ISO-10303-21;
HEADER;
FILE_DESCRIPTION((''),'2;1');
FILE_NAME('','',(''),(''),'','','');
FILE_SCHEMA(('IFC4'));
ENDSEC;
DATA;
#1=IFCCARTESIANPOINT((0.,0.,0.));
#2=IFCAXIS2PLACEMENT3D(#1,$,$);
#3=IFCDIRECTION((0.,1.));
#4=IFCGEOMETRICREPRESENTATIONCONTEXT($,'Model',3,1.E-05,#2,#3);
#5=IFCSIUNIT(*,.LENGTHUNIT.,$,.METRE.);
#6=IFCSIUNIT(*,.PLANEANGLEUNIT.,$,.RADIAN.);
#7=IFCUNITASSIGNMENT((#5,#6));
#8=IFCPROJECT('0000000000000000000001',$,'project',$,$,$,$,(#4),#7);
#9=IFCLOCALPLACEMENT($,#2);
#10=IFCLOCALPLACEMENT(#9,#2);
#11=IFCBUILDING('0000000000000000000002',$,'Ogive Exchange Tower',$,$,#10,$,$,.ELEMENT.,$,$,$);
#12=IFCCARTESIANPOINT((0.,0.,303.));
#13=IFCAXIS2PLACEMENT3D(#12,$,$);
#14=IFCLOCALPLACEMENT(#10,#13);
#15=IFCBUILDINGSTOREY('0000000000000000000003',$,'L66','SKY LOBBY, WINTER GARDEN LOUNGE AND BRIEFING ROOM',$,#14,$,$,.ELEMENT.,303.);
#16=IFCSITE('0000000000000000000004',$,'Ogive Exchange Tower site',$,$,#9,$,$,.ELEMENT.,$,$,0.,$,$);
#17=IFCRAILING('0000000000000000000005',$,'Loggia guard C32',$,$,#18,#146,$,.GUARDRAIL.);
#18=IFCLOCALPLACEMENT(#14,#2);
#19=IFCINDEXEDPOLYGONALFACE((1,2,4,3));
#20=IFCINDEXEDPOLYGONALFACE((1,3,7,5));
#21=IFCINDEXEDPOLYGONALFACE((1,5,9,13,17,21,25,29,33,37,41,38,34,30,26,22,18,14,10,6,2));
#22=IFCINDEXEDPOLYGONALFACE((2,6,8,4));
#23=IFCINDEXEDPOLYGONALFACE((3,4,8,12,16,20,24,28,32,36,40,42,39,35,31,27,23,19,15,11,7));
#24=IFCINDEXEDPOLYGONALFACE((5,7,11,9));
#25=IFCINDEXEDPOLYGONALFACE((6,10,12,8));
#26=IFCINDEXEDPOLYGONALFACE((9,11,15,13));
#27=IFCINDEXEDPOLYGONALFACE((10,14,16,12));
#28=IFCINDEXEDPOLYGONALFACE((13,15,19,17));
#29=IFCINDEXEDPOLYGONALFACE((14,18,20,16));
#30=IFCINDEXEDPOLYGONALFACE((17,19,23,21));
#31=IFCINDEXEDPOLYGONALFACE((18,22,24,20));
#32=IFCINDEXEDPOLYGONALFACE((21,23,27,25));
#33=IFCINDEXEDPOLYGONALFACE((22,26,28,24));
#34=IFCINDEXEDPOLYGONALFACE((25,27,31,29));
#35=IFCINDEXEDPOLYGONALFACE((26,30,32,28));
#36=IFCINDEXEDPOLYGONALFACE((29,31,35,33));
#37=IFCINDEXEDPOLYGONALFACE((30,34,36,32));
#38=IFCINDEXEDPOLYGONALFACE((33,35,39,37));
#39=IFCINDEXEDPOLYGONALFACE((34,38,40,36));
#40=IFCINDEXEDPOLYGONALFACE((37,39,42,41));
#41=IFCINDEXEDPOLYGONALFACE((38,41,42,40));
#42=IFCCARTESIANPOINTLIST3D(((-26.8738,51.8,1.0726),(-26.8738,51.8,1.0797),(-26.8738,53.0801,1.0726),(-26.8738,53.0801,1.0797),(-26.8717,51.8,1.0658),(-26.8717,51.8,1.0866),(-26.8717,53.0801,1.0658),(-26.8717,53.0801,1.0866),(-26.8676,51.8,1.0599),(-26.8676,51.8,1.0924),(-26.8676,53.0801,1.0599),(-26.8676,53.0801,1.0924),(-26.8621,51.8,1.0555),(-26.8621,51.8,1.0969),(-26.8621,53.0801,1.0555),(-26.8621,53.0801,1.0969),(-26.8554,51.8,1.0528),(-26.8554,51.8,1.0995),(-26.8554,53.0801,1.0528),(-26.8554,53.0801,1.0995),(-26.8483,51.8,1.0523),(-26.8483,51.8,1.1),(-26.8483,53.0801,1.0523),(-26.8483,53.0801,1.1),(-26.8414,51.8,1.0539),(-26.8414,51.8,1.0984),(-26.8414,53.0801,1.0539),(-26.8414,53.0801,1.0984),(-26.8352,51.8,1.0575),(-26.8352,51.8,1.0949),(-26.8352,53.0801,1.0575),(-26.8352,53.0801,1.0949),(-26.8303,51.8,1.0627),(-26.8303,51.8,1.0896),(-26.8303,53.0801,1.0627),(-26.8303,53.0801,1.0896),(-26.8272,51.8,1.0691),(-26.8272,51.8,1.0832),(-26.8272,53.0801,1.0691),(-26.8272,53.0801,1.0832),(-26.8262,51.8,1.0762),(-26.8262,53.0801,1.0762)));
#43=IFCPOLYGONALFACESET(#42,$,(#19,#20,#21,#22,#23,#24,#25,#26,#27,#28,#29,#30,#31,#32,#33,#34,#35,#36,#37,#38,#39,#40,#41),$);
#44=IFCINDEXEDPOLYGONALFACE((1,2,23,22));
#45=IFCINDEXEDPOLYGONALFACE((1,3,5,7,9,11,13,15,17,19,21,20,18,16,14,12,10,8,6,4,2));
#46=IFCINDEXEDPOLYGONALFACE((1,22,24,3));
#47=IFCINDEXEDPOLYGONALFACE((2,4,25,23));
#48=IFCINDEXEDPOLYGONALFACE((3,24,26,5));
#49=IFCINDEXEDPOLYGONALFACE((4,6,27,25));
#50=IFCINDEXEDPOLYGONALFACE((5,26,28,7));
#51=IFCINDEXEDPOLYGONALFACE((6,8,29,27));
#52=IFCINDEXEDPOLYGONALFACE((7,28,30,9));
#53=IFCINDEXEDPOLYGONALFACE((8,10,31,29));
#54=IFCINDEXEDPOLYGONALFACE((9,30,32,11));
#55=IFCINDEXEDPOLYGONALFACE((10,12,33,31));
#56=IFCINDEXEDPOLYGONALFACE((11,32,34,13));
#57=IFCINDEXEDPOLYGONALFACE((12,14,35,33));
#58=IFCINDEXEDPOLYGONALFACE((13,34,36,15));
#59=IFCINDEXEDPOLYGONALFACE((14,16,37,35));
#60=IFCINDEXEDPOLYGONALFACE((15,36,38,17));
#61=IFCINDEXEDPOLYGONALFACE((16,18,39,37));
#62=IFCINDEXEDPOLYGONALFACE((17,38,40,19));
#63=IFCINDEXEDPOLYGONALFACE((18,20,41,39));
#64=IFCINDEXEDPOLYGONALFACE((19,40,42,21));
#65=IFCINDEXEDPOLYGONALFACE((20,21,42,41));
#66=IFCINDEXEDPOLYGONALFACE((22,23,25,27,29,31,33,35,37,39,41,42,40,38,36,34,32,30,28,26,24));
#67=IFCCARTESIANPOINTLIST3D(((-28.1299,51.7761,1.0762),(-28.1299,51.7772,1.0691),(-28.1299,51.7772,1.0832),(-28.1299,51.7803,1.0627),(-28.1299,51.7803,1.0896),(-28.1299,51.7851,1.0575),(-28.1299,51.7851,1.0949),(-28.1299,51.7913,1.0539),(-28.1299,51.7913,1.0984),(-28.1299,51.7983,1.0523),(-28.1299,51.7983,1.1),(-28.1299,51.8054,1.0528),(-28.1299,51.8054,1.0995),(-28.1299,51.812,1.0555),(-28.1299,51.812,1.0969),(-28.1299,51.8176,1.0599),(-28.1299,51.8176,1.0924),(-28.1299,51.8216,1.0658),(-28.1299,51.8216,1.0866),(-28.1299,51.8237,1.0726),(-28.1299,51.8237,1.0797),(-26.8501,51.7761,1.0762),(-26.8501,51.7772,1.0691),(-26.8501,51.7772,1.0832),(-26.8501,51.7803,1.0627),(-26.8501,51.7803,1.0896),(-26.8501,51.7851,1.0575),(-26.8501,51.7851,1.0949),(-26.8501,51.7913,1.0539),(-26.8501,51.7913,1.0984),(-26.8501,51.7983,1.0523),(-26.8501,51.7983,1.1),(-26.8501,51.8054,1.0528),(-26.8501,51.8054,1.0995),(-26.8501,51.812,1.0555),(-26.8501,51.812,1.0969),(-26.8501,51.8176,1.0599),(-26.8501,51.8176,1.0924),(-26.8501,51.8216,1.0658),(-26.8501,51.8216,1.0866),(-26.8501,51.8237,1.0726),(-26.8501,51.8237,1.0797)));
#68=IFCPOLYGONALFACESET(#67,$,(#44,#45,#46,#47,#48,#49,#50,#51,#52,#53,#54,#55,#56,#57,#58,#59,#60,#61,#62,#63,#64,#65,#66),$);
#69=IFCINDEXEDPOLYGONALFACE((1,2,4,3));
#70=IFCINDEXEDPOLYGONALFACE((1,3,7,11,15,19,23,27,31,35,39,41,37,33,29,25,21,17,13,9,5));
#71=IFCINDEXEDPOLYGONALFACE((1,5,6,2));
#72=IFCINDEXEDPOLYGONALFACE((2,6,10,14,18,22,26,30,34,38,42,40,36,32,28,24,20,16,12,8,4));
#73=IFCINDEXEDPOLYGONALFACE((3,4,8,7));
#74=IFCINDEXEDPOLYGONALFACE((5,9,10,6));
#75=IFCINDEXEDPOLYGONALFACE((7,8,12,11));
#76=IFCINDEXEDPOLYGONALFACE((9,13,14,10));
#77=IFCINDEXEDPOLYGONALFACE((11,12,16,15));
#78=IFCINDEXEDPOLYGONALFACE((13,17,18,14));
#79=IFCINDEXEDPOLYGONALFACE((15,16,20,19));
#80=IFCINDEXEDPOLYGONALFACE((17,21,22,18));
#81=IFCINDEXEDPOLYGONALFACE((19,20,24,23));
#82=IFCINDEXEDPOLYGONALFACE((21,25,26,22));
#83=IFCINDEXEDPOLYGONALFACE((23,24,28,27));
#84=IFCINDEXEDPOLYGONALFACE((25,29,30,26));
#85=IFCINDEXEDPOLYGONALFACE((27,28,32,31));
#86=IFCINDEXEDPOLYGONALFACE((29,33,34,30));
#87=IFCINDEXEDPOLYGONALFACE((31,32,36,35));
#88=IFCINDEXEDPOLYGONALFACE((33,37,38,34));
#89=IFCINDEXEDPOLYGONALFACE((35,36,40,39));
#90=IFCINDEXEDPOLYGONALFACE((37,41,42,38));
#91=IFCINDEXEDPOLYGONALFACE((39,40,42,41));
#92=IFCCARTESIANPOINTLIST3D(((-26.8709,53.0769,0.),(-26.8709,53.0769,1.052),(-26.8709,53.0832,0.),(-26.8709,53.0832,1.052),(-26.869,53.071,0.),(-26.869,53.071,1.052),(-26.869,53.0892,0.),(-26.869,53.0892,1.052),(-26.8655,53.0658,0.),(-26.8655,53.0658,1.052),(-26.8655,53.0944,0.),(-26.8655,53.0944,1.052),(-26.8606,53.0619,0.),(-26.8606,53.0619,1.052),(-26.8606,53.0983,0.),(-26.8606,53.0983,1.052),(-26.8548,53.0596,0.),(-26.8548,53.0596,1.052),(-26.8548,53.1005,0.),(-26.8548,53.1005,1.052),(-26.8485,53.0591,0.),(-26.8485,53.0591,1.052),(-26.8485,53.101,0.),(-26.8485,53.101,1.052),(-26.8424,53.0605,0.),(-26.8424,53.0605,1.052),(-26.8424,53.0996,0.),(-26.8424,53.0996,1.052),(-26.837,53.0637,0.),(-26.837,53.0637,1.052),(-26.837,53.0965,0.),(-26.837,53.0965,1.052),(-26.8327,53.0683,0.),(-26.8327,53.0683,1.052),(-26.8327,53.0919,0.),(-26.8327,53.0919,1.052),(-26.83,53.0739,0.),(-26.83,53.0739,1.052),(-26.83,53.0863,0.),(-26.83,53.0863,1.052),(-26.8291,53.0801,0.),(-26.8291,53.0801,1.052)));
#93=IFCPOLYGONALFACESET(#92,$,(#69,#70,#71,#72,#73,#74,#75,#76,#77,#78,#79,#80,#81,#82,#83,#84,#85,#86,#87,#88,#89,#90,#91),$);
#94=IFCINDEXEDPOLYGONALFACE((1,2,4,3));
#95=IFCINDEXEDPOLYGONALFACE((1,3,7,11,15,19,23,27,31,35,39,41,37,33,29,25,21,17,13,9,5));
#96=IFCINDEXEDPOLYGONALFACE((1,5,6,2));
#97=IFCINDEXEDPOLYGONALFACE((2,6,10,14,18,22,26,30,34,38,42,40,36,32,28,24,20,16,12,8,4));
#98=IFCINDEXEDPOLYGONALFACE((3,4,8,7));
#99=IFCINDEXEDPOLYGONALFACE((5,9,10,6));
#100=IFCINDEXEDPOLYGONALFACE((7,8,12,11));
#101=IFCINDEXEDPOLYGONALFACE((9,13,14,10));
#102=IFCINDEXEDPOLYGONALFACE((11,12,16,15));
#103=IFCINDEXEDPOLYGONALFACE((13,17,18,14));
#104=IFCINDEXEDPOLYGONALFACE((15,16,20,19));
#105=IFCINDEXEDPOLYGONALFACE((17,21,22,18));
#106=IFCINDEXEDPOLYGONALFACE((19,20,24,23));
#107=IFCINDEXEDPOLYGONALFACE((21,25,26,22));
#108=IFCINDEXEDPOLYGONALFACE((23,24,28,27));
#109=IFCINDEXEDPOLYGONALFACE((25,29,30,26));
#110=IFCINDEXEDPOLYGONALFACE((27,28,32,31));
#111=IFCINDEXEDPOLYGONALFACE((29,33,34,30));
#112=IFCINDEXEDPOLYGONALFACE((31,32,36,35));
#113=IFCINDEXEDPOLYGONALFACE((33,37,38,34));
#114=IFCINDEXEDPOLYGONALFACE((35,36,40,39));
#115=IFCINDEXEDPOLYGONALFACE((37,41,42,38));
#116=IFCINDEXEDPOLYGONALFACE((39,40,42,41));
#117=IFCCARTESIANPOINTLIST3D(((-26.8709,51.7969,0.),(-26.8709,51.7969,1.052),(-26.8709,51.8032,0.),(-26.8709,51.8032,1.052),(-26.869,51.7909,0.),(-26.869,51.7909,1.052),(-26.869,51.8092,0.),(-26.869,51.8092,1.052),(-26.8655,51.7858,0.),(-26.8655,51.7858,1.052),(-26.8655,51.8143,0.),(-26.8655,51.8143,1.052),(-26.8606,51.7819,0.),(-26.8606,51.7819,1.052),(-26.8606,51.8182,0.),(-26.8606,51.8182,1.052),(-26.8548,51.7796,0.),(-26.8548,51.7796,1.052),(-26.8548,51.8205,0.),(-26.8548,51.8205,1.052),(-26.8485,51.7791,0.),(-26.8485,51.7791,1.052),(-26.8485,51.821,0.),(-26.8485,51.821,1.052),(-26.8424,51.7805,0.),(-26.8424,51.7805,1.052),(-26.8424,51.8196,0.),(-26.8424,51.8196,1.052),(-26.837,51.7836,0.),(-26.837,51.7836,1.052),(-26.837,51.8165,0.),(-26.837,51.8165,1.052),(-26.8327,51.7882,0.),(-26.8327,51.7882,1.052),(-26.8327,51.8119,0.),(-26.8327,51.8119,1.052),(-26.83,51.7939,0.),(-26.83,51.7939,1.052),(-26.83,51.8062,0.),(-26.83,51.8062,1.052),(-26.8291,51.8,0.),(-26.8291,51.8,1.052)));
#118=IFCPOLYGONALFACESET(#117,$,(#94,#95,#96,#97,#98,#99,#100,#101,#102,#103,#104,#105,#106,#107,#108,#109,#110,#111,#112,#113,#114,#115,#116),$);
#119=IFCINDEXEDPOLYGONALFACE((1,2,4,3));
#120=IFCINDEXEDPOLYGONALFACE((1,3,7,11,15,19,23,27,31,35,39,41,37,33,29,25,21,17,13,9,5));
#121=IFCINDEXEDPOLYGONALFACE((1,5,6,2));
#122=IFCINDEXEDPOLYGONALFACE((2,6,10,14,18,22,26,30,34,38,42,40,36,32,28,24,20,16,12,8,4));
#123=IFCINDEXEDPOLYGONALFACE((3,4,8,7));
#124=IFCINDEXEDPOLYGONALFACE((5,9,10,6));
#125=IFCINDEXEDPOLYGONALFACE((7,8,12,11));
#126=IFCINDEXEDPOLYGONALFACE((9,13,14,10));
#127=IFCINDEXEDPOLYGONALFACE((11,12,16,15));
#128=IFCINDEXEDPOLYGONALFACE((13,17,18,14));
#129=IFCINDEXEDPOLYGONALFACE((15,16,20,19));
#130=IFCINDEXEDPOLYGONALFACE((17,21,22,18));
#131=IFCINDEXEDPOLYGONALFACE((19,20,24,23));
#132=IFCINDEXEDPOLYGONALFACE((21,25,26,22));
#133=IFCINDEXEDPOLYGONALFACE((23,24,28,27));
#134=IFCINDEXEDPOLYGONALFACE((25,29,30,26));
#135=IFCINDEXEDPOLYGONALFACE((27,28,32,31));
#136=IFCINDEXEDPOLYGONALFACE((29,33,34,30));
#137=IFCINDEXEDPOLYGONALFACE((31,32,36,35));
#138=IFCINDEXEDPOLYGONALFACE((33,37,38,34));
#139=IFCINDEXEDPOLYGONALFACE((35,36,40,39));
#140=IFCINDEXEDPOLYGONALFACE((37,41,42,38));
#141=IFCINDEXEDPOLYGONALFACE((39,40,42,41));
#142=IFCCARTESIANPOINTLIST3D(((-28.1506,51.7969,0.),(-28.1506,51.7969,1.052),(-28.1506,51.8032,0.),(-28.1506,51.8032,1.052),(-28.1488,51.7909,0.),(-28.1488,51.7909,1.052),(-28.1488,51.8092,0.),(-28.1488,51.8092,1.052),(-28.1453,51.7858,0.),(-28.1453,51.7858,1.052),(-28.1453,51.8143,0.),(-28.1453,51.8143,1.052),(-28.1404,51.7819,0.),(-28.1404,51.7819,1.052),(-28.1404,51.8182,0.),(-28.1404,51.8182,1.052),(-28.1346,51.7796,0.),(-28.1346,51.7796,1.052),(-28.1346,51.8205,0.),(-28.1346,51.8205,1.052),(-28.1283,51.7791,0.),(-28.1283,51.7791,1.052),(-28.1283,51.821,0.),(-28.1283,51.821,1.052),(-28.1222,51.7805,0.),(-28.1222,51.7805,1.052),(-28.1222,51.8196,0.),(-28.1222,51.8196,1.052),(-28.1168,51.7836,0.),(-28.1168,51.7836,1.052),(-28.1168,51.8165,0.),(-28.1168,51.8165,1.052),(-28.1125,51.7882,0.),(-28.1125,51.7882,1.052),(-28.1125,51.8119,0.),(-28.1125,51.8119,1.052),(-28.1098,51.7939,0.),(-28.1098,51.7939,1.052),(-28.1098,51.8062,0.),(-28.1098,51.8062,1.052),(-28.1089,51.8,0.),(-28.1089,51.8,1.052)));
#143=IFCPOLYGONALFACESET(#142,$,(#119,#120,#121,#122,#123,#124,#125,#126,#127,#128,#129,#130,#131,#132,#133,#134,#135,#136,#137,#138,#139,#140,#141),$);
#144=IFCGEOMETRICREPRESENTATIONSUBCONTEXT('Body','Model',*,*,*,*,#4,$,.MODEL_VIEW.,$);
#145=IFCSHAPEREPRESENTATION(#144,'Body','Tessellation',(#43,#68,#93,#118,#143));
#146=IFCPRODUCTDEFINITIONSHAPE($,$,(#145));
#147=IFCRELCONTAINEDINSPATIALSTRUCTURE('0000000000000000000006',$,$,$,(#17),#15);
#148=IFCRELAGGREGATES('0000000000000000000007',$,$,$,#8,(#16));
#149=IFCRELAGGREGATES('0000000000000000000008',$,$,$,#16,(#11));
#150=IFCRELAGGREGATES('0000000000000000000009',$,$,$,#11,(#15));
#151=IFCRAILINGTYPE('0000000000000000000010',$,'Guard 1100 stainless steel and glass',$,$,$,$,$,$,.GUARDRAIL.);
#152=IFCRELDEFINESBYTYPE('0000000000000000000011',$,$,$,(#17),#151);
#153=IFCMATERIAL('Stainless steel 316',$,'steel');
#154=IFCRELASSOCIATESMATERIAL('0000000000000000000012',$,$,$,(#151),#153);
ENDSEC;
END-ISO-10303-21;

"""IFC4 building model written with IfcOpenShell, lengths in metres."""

from ifc_helpers import new_model, si_unit, direction, frame, origin, origin_2d, place, context, subcontext, project, spatial, circle, extrude, material, type_object, element, save


model = new_model("IFC4")

# Units and contexts
model_context = context("Model", 3, precision=1e-05, world=origin(), true_north=direction((0.0, 1.0)))
body_context = subcontext(model_context, "Body", "Model", "MODEL_VIEW")
ifc_project = project(units=[si_unit("LENGTHUNIT", "METRE"), si_unit("PLANEANGLEUNIT", "RADIAN")], contexts=[model_context])

# Site, building, storey
site_placement = place(None, origin())
site = spatial("IfcSite", under=ifc_project, at=site_placement, Name="Ogive Exchange Tower site", CompositionType="ELEMENT", RefElevation=0.0)
building_placement = place(site_placement, origin())
building = spatial("IfcBuilding", under=site, at=building_placement, Name="Ogive Exchange Tower", CompositionType="ELEMENT")
storey_placement = place(building_placement, frame((0.0, 0.0, 303.0)))
storey = spatial("IfcBuildingStorey", under=building, at=storey_placement, Name="L66", Description="SKY LOBBY, WINTER GARDEN LOUNGE AND BRIEFING ROOM", CompositionType="ELEMENT", Elevation=303.0)

# Railing
ifc_material_1 = material(Name="Stainless steel 316", Category="steel")
railing_type_1 = type_object("IfcRailingType", Name="Guard 1100 stainless steel and glass", PredefinedType="GUARDRAIL", material=ifc_material_1)
railing_1_placement = place(storey_placement, frame((-26.8501, 53.0801, 0.0)))
element("IfcRailing", 1, at=railing_1_placement, inside=storey, type_object=railing_type_1, Name="Loggia guard C32", PredefinedType="GUARDRAIL", context=body_context, shape_type="SweptSolid", body=[
    extrude(circle(Radius=0.0239, at=origin_2d()), frame((0.0, 0.0, 1.0762), z_axis=(0.0, -1.0, 0.0), x_axis=(1.0, 0.0, 0.0)), (0.0, 0.0, 1.0), 1.28),
    extrude(circle(Radius=0.0239, at=origin_2d()), frame((0.0, -1.28, 1.0762), z_axis=(-1.0, 0.0, 0.0), x_axis=(0.0, -1.0, 0.0)), (0.0, 0.0, 1.0), 1.2798),
    extrude(circle(Radius=0.021, at=origin_2d()), origin(), (0.0, 0.0, 1.0), 1.052),
    extrude(circle(Radius=0.021, at=origin_2d()), frame((0.0, -1.28, 0.0)), (0.0, 0.0, 1.0), 1.052),
    extrude(circle(Radius=0.021, at=origin_2d()), frame((-1.2798, -1.28, 0.0)), (0.0, 0.0, 1.0), 1.052),
])

save(model, "model.ifc")
